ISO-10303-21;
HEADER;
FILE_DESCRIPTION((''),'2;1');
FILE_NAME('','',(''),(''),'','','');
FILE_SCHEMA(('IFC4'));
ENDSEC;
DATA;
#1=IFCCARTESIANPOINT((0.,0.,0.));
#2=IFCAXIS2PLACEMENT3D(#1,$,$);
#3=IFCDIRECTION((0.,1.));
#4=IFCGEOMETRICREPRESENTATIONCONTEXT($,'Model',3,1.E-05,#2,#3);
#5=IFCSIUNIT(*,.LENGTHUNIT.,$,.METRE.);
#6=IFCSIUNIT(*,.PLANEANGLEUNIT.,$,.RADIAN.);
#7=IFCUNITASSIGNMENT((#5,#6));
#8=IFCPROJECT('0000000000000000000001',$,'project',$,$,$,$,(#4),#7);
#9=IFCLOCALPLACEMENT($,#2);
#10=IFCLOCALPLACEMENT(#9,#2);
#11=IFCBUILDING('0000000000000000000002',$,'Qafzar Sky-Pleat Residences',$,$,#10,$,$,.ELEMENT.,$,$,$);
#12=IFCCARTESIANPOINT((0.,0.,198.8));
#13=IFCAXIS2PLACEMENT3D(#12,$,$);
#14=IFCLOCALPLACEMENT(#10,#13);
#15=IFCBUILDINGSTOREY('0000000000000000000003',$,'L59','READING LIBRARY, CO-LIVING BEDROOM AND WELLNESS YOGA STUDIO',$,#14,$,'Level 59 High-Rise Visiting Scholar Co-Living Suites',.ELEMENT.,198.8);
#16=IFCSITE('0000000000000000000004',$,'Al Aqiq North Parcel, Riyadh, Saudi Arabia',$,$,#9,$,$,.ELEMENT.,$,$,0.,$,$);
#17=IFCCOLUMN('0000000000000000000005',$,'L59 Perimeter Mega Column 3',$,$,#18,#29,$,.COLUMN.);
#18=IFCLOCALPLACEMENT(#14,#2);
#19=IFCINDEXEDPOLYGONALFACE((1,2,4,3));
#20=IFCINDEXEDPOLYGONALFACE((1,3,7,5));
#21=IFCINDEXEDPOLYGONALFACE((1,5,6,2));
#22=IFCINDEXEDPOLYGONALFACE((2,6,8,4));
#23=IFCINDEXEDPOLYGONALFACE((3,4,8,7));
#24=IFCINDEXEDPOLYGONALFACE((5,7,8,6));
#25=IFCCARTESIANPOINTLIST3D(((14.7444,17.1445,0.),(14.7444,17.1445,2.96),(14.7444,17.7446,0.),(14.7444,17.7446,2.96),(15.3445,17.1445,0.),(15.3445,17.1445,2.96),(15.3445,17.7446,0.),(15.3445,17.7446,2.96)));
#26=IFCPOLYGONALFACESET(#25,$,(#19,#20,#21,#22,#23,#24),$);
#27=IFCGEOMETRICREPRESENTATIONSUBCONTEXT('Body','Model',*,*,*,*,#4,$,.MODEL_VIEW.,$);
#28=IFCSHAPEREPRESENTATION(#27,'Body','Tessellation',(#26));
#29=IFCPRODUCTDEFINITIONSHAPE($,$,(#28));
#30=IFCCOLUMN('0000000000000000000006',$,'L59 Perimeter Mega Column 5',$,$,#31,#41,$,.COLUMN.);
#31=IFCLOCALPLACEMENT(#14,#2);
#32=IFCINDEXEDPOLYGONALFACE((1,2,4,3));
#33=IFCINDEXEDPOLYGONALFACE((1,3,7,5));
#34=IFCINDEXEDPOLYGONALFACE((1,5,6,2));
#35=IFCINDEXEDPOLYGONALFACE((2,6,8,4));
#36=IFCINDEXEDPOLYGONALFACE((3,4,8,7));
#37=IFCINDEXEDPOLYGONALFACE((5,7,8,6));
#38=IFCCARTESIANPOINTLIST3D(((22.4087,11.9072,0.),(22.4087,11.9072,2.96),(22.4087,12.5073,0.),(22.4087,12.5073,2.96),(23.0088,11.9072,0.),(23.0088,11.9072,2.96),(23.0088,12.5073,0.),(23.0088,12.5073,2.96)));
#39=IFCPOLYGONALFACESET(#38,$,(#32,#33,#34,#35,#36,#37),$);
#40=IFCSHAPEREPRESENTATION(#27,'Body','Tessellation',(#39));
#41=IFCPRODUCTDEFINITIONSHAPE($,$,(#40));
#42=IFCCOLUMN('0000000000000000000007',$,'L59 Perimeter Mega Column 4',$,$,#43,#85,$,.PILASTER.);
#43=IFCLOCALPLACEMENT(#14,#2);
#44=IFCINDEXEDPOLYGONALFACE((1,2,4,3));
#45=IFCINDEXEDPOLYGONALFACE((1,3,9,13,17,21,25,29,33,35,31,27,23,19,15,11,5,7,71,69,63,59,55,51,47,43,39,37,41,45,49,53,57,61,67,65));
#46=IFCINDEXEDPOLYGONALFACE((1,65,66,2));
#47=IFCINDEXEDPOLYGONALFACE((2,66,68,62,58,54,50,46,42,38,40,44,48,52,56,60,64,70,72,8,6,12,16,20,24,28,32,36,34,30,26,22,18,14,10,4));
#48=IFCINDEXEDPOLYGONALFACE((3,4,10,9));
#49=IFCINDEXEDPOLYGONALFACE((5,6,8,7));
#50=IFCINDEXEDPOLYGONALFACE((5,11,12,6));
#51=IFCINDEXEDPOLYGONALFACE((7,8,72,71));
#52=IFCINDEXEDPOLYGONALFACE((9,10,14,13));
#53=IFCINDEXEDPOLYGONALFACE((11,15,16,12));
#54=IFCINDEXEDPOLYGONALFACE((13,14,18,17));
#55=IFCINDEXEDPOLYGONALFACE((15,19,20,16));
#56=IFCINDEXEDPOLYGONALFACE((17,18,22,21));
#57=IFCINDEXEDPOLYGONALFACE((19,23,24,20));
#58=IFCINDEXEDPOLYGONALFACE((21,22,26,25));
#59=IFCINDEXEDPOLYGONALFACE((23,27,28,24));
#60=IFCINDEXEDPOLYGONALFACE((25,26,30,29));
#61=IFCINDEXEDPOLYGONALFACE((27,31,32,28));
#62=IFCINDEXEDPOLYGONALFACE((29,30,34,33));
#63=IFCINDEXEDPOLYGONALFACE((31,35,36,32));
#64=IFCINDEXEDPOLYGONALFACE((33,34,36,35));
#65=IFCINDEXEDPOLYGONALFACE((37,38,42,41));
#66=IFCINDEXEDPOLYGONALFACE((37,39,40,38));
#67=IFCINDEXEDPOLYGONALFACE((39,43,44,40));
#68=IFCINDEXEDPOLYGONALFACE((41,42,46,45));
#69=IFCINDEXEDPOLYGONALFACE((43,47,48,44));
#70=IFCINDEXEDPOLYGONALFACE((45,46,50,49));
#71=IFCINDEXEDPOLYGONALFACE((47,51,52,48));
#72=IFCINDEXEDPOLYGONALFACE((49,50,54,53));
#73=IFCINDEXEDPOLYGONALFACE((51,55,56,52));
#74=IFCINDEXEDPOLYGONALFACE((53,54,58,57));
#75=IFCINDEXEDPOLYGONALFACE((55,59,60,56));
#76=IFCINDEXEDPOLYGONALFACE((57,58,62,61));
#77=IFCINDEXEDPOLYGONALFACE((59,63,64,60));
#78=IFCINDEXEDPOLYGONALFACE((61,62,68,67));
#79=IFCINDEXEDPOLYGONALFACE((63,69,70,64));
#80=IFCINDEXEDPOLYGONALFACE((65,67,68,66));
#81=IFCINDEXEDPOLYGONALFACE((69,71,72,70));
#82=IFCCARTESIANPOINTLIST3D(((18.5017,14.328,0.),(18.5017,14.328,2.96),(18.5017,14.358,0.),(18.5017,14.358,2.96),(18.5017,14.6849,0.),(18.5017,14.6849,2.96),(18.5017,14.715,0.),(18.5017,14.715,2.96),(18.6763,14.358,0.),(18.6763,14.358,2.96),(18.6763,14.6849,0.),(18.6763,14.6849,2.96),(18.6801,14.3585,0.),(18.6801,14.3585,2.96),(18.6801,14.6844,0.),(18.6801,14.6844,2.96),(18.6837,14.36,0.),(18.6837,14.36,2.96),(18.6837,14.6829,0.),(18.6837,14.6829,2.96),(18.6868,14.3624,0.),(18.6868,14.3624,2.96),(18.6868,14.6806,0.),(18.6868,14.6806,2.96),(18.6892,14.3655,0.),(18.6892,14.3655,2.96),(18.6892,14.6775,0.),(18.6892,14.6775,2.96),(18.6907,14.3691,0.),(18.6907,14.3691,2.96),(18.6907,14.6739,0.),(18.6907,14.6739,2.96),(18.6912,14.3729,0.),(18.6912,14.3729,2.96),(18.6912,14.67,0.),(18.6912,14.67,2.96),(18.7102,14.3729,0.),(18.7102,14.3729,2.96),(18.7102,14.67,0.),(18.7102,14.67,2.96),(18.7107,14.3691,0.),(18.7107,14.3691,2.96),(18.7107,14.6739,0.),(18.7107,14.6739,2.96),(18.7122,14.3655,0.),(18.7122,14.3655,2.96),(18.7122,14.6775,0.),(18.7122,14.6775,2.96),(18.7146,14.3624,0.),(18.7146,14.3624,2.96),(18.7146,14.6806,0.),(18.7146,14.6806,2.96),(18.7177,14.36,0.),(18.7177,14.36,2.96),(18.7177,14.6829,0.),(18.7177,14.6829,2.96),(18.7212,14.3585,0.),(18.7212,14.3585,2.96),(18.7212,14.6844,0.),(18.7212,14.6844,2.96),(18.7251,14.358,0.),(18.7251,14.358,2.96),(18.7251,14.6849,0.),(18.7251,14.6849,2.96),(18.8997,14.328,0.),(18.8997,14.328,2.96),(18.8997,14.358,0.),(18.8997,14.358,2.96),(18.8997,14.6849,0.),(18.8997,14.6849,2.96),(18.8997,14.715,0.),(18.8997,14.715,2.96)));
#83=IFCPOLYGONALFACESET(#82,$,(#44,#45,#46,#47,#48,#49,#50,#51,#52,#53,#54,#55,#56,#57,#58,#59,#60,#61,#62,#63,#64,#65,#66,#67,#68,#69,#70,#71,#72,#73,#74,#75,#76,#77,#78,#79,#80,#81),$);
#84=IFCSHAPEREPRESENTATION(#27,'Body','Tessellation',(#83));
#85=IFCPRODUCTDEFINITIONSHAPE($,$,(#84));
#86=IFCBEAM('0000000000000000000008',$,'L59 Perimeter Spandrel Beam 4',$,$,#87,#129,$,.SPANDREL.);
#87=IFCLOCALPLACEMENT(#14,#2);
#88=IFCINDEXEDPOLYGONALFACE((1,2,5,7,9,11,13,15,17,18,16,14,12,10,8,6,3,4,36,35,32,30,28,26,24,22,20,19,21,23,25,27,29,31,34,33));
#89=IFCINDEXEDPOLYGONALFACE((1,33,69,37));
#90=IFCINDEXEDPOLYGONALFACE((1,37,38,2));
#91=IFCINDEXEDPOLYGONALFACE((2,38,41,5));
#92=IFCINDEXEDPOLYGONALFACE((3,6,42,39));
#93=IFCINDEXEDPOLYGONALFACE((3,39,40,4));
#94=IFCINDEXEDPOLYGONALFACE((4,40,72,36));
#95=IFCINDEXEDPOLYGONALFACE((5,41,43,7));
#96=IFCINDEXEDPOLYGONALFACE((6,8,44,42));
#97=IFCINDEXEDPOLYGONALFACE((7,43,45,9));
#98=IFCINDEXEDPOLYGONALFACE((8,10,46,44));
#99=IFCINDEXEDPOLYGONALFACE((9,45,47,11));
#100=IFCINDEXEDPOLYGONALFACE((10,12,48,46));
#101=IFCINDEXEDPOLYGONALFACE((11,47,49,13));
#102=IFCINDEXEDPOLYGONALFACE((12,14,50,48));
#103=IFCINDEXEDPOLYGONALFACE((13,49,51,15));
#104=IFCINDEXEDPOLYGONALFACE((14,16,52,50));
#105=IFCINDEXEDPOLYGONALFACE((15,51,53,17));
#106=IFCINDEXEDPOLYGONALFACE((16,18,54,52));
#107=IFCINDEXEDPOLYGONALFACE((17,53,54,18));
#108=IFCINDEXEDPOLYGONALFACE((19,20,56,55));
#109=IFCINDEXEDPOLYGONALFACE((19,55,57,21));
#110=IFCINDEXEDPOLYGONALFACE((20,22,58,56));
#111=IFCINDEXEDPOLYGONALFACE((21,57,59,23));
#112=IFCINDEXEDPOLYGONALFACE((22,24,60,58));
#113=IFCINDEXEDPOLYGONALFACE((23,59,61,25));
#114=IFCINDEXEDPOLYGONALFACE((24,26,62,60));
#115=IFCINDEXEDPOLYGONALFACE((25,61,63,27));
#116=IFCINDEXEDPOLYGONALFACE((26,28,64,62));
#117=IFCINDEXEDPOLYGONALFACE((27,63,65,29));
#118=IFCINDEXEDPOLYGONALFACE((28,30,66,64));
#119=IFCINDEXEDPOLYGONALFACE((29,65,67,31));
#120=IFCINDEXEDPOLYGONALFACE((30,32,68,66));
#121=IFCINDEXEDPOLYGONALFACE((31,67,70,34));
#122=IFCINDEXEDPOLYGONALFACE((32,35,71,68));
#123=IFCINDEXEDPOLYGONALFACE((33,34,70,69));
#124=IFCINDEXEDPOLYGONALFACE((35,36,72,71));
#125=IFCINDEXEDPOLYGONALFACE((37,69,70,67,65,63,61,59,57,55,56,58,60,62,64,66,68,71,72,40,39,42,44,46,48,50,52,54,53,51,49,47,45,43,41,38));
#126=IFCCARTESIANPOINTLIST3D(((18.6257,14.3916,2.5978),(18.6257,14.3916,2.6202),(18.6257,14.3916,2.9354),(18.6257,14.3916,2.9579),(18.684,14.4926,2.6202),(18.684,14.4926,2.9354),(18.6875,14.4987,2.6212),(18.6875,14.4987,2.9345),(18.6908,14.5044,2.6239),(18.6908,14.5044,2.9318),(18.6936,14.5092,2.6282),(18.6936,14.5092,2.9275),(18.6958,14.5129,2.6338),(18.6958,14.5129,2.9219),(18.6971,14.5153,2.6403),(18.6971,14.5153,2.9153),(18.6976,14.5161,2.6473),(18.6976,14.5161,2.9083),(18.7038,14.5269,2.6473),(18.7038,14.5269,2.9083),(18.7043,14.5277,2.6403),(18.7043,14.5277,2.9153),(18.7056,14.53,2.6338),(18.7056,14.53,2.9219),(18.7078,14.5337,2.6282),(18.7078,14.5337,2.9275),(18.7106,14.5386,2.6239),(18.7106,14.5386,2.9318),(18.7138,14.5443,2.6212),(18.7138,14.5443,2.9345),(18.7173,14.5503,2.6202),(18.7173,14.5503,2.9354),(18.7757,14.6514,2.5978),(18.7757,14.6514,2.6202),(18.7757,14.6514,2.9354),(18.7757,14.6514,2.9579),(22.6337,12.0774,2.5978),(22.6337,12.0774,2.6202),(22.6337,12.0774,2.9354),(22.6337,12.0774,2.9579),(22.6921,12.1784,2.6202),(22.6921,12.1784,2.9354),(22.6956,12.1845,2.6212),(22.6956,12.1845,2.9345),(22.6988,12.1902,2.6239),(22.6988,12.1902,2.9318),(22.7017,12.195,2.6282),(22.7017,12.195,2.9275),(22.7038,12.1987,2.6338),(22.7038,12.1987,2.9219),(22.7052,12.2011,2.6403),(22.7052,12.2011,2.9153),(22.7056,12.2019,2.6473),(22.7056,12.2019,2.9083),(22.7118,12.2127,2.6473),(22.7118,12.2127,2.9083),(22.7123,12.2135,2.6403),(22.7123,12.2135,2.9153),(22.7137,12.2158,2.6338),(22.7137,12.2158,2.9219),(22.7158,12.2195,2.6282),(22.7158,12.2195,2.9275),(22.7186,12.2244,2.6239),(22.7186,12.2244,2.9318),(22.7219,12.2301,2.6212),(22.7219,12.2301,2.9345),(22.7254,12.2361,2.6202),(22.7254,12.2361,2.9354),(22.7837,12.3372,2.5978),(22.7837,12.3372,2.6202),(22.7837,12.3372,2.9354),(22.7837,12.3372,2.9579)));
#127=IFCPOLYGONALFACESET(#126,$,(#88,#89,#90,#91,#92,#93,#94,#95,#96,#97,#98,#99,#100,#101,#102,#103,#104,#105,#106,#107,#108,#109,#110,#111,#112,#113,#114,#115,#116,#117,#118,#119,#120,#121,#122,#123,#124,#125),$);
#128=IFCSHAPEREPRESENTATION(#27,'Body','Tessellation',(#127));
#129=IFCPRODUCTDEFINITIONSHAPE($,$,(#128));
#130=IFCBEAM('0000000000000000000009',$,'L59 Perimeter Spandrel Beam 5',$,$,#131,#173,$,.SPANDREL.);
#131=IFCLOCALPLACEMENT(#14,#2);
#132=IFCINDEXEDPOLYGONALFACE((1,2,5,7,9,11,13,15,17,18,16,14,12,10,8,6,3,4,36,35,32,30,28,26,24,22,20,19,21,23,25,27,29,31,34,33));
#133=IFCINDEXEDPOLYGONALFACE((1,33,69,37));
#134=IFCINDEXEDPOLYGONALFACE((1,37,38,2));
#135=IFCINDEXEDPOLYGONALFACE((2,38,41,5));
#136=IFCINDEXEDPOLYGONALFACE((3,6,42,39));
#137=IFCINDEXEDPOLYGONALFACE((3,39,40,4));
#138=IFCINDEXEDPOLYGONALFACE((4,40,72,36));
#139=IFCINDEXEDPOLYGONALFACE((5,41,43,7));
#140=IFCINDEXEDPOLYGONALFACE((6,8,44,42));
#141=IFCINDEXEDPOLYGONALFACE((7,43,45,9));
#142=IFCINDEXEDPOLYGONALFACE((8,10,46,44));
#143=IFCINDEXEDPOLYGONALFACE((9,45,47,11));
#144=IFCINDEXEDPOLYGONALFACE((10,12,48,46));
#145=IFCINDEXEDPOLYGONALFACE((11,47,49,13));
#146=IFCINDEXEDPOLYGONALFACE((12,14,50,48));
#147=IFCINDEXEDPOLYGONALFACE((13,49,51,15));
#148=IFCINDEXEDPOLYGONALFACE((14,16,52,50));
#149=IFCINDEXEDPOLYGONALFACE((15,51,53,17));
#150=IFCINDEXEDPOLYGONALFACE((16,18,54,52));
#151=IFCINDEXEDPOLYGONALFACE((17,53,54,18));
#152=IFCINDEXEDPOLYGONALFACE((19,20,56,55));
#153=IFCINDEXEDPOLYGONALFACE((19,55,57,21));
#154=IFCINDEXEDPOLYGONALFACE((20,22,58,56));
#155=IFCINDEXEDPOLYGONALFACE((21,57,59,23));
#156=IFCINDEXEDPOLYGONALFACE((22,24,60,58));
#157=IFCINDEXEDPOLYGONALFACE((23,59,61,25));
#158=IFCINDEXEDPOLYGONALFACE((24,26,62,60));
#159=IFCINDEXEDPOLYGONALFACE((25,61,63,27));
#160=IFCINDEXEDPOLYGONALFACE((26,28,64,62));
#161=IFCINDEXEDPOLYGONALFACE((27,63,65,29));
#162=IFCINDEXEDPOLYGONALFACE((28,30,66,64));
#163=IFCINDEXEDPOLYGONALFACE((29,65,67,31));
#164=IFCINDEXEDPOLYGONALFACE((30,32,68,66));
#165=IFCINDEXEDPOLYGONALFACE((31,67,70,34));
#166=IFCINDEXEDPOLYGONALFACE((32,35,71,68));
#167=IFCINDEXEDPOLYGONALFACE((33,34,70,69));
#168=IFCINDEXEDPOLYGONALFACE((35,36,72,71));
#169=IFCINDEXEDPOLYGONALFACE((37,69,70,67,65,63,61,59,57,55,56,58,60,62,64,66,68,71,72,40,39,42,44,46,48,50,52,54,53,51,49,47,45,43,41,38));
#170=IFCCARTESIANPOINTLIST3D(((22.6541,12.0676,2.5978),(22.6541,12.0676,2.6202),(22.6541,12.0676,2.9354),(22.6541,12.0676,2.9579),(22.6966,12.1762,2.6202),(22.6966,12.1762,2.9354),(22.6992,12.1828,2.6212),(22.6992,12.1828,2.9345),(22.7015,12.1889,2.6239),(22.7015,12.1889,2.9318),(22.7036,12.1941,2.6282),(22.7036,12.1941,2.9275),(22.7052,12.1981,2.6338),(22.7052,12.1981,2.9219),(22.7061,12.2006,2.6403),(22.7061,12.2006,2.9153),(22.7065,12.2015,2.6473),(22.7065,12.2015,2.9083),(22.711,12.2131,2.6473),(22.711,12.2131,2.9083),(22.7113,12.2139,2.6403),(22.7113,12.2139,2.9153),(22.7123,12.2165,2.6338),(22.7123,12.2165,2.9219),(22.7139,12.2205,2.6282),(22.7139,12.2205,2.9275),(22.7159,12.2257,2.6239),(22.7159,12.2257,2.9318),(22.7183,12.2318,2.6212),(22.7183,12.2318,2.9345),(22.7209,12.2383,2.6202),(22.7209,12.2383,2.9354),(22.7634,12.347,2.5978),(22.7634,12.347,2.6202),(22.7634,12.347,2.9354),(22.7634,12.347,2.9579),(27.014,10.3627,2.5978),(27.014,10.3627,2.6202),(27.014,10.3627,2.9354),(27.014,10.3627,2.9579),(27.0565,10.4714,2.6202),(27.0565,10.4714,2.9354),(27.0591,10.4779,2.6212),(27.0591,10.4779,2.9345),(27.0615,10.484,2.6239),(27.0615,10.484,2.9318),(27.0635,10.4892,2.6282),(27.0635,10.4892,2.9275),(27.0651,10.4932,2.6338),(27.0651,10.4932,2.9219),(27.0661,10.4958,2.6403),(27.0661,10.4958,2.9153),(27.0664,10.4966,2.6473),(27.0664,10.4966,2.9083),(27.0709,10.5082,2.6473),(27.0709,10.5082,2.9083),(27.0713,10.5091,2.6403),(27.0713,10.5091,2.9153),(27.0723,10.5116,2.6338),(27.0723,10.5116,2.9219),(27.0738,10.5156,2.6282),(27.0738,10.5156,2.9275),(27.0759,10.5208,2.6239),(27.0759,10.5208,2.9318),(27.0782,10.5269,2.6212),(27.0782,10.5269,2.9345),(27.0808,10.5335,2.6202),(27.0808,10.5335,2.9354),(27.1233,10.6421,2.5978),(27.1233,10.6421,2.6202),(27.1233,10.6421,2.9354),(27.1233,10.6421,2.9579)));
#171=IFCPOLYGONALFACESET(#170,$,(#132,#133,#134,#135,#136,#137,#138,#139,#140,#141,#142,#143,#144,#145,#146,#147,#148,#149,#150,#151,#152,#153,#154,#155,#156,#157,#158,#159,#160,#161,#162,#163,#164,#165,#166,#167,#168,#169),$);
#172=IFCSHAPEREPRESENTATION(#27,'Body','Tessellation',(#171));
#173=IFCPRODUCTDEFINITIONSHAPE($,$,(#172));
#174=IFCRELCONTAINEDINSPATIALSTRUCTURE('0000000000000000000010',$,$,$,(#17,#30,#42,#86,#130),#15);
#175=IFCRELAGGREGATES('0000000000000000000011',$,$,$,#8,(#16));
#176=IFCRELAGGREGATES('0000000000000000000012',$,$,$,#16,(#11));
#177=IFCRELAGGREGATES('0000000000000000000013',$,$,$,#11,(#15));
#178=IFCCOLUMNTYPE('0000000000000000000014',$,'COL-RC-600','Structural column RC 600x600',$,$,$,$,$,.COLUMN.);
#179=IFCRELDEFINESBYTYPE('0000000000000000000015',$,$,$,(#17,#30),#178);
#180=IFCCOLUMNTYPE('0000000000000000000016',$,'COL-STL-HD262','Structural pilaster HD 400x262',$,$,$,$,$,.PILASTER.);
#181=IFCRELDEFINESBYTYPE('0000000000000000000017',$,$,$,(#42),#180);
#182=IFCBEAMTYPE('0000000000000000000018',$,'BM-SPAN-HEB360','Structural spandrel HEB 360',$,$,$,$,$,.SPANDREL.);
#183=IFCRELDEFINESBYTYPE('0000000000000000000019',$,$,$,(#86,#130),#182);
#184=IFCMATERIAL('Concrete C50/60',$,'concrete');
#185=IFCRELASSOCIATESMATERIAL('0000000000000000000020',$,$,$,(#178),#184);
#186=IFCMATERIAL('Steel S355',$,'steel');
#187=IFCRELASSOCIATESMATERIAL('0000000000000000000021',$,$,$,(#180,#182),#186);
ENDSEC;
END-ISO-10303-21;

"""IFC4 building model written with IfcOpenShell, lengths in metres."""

from ifc_helpers import new_model, si_unit, direction, frame, origin, origin_2d, place, context, subcontext, project, spatial, rectangle, i_section, extrude, source, transform, mapped, material, material_profile, profile_set, type_object, element, save


model = new_model("IFC4")

# Units and contexts
model_context = context("Model", 3, precision=1e-05, world=origin(), true_north=direction((0.0, 1.0)))
body_context = subcontext(model_context, "Body", "Model", "MODEL_VIEW")
ifc_project = project(units=[si_unit("LENGTHUNIT", "METRE"), si_unit("PLANEANGLEUNIT", "RADIAN")], contexts=[model_context])

# Site, building, storey
site_placement = place(None, origin())
site = spatial("IfcSite", under=ifc_project, at=site_placement, Name="Al Aqiq North Parcel, Riyadh, Saudi Arabia", CompositionType="ELEMENT", RefElevation=0.0)
building_placement = place(site_placement, origin())
building = spatial("IfcBuilding", under=site, at=building_placement, Name="Qafzar Sky-Pleat Residences", CompositionType="ELEMENT")
storey_placement = place(building_placement, frame((0.0, 0.0, 198.8)))
storey = spatial("IfcBuildingStorey", under=building, at=storey_placement, Name="L59", Description="READING LIBRARY, CO-LIVING BEDROOM AND WELLNESS YOGA STUDIO", LongName="Level 59 High-Rise Visiting Scholar Co-Living Suites", CompositionType="ELEMENT", Elevation=198.8)

# Columns
ifc_material_1 = material(Name="Concrete C50/60", Category="concrete")
ifc_material_profile_1 = material_profile(ifc_material_1, rectangle(XDim=0.6001, YDim=0.6001, at=origin_2d()), Name="RC 600x600")
ifc_profile_set_1 = profile_set([ifc_material_profile_1], Name="Concrete C50/60")
column_type_1 = type_object("IfcColumnType", Name="COL-RC-600", Description="Structural column RC 600x600", PredefinedType="COLUMN", material=ifc_profile_set_1)
shared_shape_1 = source(origin(), body_context, "Body", "SweptSolid", [
    extrude(rectangle(XDim=0.6001, YDim=0.6001, at=origin_2d()), origin(), (0.0, 0.0, 1.0), 2.96),
])
for number, where, z_axis, x_axis, name in (
    (1, (15.0444, 17.4446, 0.0), (0.0, 0.0, 1.0), (1.0, 0.0, 0.0), "L59 Perimeter Mega Column 3"),
    (2, (22.7087, 12.2073, 0.0), (0.0, 0.0, 1.0), (1.0, 0.0, 0.0), "L59 Perimeter Mega Column 5"),
):
    element("IfcColumn", number, at=place(storey_placement, frame(where, z_axis=z_axis, x_axis=x_axis)), inside=storey, type_object=column_type_1, Name=name, PredefinedType="COLUMN", context=body_context, shape_type="MappedRepresentation", body=[
        mapped(shared_shape_1, transform((0.0, 0.0, 0.0), x_axis=(1.0, 0.0, 0.0), y_axis=(0.0, 1.0, 0.0), z_axis=(0.0, 0.0, 1.0), scale=1.0)),
    ])
ifc_material_2 = material(Name="Steel S355", Category="steel")
ifc_material_profile_2 = material_profile(ifc_material_2, i_section(OverallWidth=0.3979, OverallDepth=0.387, WebThickness=0.019, FlangeThickness=0.03, FilletRadius=0.0149, at=origin_2d()), Name="HD 400x262")
ifc_profile_set_2 = profile_set([ifc_material_profile_2], Name="Steel S355")
column_type_2 = type_object("IfcColumnType", Name="COL-STL-HD262", Description="Structural pilaster HD 400x262", PredefinedType="PILASTER", material=ifc_profile_set_2)
shared_shape_2 = source(origin(), body_context, "Body", "SweptSolid", [
    extrude(i_section(OverallWidth=0.3979, OverallDepth=0.387, WebThickness=0.019, FlangeThickness=0.03, FilletRadius=0.0149, at=origin_2d()), origin(), (0.0, 0.0, 1.0), 2.96),
])
column_placement = place(storey_placement, frame((18.7007, 14.5215, 0.0), z_axis=(0.0, 0.0, 1.0), x_axis=(1.0, 0.0, 0.0)))
element("IfcColumn", 3, at=column_placement, inside=storey, type_object=column_type_2, Name="L59 Perimeter Mega Column 4", PredefinedType="PILASTER", context=body_context, shape_type="MappedRepresentation", body=[
    mapped(shared_shape_2, transform((0.0, 0.0, 0.0), x_axis=(1.0, 0.0, 0.0), y_axis=(0.0, 1.0, 0.0), z_axis=(0.0, 0.0, 1.0), scale=1.0)),
])

# Beams
ifc_material_profile_3 = material_profile(ifc_material_2, i_section(OverallWidth=0.3, OverallDepth=0.3601, WebThickness=0.0125, FlangeThickness=0.0225, FilletRadius=0.0271, at=origin_2d()), Name="HEB 360")
ifc_profile_set_3 = profile_set([ifc_material_profile_3], Name="Steel S355")
beam_type_1 = type_object("IfcBeamType", Name="BM-SPAN-HEB360", Description="Structural spandrel HEB 360", PredefinedType="SPANDREL", material=ifc_profile_set_3)
shared_shape_3 = source(origin(), body_context, "Body", "SweptSolid", [
    extrude(i_section(OverallWidth=0.3, OverallDepth=0.3601, WebThickness=0.0125, FlangeThickness=0.0225, FilletRadius=0.0271, at=origin_2d()), origin(), (0.0, 0.0, 1.0), 4.6282),
])
beam_1_placement = place(storey_placement, frame((18.7007, 14.5215, 2.7778), z_axis=(0.866011, -0.500025, 0.0), x_axis=(0.500025, 0.866011, 0.0)))
element("IfcBeam", 4, at=beam_1_placement, inside=storey, type_object=beam_type_1, Name="L59 Perimeter Spandrel Beam 4", PredefinedType="SPANDREL", context=body_context, shape_type="MappedRepresentation", body=[
    mapped(shared_shape_3, transform((0.0, 0.0, 0.0), x_axis=(1.0, 0.0, 0.0), y_axis=(0.0, 1.0, 0.0), z_axis=(0.0, 0.0, 1.0), scale=1.0)),
])
shared_shape_4 = source(origin(), body_context, "Body", "SweptSolid", [
    extrude(i_section(OverallWidth=0.3, OverallDepth=0.3601, WebThickness=0.0125, FlangeThickness=0.0225, FilletRadius=0.0271, at=origin_2d()), origin(), (0.0, 0.0, 1.0), 4.6814),
])
beam_2_placement = place(storey_placement, frame((22.7087, 12.2073, 2.7778), z_axis=(0.93133, -0.364177, 0.0), x_axis=(0.364177, 0.93133, 0.0)))
element("IfcBeam", 5, at=beam_2_placement, inside=storey, type_object=beam_type_1, Name="L59 Perimeter Spandrel Beam 5", PredefinedType="SPANDREL", context=body_context, shape_type="MappedRepresentation", body=[
    mapped(shared_shape_4, transform((0.0, 0.0, 0.0), x_axis=(1.0, 0.0, 0.0), y_axis=(0.0, 1.0, 0.0), z_axis=(0.0, 0.0, 1.0), scale=1.0)),
])

save(model, "model.ifc")
